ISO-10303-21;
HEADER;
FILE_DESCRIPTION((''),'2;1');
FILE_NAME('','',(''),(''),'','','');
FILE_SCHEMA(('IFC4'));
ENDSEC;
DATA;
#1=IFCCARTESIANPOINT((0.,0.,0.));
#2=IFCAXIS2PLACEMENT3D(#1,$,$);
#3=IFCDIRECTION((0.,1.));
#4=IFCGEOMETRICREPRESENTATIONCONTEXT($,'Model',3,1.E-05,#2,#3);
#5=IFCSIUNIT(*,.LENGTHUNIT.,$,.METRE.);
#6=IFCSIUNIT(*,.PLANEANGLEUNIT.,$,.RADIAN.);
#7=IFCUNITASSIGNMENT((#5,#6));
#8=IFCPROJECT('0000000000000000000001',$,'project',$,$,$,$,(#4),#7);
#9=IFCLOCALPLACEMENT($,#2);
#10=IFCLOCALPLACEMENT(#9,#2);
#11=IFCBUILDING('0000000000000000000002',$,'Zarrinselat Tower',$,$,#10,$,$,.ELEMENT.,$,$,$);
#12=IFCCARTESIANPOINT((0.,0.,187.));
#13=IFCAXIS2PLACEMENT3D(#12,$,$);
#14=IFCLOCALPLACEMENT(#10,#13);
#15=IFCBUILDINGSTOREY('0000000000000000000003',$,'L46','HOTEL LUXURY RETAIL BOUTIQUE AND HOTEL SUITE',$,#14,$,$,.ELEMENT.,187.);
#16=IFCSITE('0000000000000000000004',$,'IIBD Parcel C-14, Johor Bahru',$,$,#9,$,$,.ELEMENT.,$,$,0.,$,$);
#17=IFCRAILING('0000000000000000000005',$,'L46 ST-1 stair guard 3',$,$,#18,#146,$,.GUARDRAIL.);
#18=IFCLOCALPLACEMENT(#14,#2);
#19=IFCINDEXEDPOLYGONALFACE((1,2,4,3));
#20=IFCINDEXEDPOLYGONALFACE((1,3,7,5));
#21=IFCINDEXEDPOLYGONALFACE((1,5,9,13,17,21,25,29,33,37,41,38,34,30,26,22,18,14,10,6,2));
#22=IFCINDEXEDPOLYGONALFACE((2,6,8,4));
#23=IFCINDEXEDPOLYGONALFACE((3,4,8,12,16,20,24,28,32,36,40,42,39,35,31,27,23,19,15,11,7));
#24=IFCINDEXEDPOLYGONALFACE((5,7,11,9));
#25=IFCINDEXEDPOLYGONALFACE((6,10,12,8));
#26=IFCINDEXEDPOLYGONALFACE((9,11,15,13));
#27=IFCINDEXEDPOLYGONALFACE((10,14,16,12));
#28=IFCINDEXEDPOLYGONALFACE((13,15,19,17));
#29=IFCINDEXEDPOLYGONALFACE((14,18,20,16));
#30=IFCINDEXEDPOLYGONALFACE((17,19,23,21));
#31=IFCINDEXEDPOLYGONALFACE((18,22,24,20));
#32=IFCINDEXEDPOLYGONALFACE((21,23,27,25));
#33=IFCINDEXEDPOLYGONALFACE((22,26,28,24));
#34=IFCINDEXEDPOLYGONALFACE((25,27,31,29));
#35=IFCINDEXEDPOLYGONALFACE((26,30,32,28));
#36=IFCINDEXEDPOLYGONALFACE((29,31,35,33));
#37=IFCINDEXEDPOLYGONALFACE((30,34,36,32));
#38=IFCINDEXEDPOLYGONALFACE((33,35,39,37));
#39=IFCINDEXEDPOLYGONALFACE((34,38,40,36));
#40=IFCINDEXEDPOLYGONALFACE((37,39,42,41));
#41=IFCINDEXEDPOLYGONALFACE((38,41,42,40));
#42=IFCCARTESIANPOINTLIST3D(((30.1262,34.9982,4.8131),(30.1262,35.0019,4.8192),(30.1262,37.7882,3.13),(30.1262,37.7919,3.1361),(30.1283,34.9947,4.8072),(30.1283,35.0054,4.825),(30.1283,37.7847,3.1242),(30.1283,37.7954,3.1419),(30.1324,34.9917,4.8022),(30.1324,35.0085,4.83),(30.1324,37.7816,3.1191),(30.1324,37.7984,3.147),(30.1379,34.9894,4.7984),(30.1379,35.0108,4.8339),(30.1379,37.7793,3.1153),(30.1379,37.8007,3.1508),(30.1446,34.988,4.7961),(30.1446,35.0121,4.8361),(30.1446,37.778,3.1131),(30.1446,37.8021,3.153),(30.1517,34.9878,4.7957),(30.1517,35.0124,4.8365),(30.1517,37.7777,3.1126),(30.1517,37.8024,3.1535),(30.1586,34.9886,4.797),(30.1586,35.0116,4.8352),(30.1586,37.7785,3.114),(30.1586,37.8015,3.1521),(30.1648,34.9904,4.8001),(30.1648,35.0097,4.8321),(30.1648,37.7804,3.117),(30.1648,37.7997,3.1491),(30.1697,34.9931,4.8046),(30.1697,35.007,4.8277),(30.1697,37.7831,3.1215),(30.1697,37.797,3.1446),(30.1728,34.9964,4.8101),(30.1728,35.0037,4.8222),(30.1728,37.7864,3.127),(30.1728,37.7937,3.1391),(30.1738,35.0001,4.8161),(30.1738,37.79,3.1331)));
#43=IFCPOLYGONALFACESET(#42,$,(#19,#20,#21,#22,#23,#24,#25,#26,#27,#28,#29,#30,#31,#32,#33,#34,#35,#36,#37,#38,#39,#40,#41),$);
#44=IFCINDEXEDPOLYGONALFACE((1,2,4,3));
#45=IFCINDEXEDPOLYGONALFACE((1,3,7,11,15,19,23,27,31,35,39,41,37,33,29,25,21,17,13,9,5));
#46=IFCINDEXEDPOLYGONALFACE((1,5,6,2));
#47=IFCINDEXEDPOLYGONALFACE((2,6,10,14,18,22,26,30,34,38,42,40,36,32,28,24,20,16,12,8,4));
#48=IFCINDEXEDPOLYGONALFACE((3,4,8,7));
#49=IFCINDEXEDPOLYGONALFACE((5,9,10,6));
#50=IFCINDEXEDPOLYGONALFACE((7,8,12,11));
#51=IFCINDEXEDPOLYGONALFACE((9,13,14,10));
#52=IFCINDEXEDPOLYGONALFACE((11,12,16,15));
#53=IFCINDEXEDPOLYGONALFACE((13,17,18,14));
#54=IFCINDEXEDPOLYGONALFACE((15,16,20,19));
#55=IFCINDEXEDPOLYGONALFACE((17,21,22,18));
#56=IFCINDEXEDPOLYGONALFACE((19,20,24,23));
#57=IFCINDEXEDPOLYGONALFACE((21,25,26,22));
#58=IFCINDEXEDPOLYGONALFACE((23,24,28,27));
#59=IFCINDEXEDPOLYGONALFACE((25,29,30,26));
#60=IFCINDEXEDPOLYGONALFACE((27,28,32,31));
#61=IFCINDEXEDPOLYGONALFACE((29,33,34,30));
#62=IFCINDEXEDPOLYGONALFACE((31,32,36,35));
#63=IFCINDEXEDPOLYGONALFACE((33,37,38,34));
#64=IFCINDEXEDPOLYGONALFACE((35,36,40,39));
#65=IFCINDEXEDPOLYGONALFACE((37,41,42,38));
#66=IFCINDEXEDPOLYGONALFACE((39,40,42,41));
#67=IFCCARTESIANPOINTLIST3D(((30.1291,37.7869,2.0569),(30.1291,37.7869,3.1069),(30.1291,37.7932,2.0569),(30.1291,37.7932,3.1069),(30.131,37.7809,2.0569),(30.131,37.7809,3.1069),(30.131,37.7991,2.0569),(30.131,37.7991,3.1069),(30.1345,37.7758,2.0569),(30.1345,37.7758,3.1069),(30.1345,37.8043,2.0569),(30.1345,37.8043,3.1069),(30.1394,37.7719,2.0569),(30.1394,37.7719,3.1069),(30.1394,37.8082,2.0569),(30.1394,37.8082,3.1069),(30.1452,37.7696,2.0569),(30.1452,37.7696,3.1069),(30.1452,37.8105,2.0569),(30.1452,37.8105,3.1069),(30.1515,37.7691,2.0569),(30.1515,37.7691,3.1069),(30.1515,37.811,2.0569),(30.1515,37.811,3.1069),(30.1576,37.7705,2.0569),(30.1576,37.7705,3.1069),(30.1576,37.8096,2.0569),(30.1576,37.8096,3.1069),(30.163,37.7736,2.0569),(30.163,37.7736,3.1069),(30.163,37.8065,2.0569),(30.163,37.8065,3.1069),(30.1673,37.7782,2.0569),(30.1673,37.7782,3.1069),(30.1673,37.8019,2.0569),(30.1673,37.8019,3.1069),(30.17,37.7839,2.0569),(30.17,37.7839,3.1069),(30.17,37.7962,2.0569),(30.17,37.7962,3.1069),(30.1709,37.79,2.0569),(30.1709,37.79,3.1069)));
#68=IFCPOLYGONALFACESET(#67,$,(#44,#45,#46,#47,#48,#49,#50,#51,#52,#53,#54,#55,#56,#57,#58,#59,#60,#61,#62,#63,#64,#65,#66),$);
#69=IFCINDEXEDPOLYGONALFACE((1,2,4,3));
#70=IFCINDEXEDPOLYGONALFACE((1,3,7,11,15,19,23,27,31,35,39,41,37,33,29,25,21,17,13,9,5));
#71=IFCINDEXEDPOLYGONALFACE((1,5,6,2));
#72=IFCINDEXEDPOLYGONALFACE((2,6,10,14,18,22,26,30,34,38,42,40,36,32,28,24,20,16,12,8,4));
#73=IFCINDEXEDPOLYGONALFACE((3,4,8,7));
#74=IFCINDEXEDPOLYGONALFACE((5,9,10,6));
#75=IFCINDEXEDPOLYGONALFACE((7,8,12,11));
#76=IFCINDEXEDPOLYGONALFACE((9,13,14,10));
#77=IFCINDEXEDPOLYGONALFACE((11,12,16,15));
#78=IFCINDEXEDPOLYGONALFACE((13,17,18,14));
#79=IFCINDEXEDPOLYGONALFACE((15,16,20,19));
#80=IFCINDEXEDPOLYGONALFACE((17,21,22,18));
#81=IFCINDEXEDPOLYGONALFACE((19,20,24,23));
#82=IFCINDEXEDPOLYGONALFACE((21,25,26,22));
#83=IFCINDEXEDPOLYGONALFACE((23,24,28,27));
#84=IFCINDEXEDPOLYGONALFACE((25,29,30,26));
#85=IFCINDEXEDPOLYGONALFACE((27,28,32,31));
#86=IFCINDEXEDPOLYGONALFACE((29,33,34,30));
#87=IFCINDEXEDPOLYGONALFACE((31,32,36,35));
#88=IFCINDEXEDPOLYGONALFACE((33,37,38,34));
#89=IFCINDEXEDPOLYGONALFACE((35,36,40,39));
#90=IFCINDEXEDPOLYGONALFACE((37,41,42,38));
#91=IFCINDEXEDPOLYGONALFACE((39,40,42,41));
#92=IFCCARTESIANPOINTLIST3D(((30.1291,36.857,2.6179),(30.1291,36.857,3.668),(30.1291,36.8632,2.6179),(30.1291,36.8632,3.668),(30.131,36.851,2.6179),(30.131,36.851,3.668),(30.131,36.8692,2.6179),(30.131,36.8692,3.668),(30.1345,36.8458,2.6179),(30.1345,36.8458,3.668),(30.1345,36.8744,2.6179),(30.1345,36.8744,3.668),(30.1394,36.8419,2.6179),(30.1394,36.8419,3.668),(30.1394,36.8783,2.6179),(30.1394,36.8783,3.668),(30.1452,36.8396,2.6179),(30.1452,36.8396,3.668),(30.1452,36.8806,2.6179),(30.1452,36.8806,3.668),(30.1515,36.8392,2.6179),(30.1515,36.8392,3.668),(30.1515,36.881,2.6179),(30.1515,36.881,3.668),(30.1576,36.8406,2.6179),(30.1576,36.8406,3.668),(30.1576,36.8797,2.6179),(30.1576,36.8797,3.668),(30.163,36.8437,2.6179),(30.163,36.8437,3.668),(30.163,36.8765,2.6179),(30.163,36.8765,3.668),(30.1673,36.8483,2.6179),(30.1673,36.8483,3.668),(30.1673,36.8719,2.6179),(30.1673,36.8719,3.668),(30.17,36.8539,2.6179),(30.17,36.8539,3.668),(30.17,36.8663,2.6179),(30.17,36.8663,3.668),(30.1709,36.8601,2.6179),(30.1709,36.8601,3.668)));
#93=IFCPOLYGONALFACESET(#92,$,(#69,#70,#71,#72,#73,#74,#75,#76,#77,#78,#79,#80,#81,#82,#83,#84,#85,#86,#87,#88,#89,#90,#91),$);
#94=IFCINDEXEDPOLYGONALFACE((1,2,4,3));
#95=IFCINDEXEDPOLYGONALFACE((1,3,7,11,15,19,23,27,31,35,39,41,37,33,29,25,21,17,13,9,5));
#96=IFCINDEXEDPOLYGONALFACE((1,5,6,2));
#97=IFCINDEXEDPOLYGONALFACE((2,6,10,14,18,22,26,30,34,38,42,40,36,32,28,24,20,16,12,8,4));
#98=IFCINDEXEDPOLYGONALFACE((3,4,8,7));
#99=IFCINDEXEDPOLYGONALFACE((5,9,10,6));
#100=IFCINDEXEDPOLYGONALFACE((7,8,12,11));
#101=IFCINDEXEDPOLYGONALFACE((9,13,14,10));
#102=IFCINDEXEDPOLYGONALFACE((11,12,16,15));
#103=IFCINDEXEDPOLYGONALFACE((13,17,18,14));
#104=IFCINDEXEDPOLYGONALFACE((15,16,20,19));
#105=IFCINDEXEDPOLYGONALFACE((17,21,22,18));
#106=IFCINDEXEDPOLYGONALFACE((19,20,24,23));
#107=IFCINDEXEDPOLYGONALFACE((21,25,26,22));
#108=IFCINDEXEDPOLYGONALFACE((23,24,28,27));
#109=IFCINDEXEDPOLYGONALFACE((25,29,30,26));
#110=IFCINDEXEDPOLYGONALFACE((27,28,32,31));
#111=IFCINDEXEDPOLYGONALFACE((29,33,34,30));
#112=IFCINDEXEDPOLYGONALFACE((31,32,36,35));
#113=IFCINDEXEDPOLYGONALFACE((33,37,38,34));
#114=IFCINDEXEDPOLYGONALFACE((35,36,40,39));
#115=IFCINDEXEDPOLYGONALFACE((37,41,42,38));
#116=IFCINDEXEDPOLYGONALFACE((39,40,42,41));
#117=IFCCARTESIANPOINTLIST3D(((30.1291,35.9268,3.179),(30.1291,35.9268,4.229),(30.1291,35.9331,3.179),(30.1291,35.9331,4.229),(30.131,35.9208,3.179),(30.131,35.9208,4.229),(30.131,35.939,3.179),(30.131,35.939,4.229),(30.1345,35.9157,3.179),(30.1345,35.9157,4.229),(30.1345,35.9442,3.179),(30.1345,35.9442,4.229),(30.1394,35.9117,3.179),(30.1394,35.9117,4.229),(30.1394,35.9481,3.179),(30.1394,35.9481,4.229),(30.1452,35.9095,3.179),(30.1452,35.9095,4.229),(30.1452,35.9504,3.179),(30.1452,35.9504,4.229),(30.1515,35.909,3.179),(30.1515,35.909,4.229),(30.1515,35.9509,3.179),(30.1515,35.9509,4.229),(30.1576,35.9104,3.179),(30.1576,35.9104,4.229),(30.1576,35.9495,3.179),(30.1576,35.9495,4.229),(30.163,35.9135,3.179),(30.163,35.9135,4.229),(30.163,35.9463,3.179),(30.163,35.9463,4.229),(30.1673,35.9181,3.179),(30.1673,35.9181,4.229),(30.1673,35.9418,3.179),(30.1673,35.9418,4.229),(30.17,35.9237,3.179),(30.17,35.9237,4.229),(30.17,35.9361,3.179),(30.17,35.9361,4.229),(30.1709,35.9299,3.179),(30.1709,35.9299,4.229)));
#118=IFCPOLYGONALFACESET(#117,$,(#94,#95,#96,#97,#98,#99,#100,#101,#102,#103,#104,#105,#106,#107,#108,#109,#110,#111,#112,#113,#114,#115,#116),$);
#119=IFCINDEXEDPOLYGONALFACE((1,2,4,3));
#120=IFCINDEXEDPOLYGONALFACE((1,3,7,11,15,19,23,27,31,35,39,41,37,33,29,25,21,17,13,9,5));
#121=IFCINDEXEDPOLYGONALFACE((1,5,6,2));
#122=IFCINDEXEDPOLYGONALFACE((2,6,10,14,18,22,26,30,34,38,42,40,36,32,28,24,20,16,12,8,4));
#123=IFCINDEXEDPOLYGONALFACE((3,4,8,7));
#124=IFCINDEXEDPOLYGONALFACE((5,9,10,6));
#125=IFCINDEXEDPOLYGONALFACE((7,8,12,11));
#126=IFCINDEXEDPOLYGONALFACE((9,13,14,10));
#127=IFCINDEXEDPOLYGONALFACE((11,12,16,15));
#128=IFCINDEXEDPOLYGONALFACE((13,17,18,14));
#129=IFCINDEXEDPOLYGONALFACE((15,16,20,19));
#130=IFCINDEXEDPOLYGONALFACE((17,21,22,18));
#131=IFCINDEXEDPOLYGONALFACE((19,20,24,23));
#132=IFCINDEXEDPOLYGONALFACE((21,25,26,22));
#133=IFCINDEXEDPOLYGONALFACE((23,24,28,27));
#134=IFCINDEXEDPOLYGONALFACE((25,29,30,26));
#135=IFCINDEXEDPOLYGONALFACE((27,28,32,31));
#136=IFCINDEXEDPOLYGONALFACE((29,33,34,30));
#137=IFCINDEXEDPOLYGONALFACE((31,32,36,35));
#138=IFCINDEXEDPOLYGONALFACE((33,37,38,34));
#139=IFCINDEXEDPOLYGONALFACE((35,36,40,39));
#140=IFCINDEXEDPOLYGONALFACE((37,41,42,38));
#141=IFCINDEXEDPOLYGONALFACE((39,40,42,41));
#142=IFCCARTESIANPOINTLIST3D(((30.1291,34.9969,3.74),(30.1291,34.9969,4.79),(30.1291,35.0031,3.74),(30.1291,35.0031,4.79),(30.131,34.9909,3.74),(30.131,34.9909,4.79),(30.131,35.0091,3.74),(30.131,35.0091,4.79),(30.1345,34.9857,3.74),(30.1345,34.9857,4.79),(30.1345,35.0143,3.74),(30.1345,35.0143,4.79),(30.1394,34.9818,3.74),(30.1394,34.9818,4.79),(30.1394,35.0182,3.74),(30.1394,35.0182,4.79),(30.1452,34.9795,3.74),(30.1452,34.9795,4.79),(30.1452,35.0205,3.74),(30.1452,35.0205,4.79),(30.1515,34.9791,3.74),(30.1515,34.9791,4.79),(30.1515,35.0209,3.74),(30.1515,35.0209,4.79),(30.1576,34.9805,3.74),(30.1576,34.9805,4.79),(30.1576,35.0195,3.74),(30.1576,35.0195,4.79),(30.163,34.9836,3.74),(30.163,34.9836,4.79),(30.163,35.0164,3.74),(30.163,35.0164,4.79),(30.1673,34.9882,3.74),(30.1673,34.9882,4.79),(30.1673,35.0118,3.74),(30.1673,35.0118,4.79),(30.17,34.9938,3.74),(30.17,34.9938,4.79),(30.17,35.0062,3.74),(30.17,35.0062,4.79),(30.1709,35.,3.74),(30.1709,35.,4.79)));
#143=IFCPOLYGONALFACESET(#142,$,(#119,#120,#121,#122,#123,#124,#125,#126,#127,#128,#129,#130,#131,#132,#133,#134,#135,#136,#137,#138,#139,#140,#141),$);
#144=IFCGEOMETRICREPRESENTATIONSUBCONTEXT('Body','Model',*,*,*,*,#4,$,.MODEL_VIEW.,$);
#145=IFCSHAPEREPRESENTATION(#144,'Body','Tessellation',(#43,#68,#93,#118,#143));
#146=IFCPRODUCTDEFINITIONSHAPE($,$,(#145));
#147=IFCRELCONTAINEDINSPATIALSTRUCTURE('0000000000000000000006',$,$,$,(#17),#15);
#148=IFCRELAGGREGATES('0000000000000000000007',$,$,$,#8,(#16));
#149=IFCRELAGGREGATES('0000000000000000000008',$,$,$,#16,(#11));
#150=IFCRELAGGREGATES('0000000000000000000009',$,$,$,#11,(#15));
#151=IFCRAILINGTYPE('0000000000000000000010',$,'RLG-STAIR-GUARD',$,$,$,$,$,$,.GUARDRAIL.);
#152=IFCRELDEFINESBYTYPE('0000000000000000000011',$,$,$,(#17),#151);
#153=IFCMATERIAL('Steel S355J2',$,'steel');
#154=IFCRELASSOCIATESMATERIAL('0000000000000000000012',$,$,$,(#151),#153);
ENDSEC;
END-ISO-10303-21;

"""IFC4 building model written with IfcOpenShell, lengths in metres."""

from ifc_helpers import new_model, si_unit, direction, frame, origin, origin_2d, place, context, subcontext, project, spatial, circle, extrude, material, type_object, element, save


model = new_model("IFC4")

# Units and contexts
model_context = context("Model", 3, precision=1e-05, world=origin(), true_north=direction((0.0, 1.0)))
body_context = subcontext(model_context, "Body", "Model", "MODEL_VIEW")
ifc_project = project(units=[si_unit("LENGTHUNIT", "METRE"), si_unit("PLANEANGLEUNIT", "RADIAN")], contexts=[model_context])

# Site, building, storey
site_placement = place(None, origin())
site = spatial("IfcSite", under=ifc_project, at=site_placement, Name="IIBD Parcel C-14, Johor Bahru", CompositionType="ELEMENT", RefElevation=0.0)
building_placement = place(site_placement, origin())
building = spatial("IfcBuilding", under=site, at=building_placement, Name="Zarrinselat Tower", CompositionType="ELEMENT")
storey_placement = place(building_placement, frame((0.0, 0.0, 187.0)))
storey = spatial("IfcBuildingStorey", under=building, at=storey_placement, Name="L46", Description="HOTEL LUXURY RETAIL BOUTIQUE AND HOTEL SUITE", CompositionType="ELEMENT", Elevation=187.0)

# Railing
ifc_material_1 = material(Name="Steel S355J2", Category="steel")
railing_type_1 = type_object("IfcRailingType", Name="RLG-STAIR-GUARD", PredefinedType="GUARDRAIL", material=ifc_material_1)
railing_1_placement = place(storey_placement, frame((30.1499, 37.79, 2.0569)))
element("IfcRailing", 1, at=railing_1_placement, inside=storey, type_object=railing_type_1, Name="L46 ST-1 stair guard 3", PredefinedType="GUARDRAIL", context=body_context, shape_type="SweptSolid", body=[
    extrude(circle(Radius=0.0239, at=origin_2d()), frame((0.0, 0.0, 1.0762), z_axis=(0.0, -0.856261, 0.516544), x_axis=(1.0, 0.0, 0.0)), (0.0, 0.0, 1.0), 3.2583),
    extrude(circle(Radius=0.021, at=origin_2d()), origin(), (0.0, 0.0, 1.0), 1.05),
    extrude(circle(Radius=0.021, at=origin_2d()), frame((0.0, -0.9299, 0.561)), (0.0, 0.0, 1.0), 1.05),
    extrude(circle(Radius=0.021, at=origin_2d()), frame((0.0, -1.8601, 1.1221)), (0.0, 0.0, 1.0), 1.05),
    extrude(circle(Radius=0.021, at=origin_2d()), frame((0.0, -2.79, 1.6831)), (0.0, 0.0, 1.0), 1.05),
])

save(model, "model.ifc")
